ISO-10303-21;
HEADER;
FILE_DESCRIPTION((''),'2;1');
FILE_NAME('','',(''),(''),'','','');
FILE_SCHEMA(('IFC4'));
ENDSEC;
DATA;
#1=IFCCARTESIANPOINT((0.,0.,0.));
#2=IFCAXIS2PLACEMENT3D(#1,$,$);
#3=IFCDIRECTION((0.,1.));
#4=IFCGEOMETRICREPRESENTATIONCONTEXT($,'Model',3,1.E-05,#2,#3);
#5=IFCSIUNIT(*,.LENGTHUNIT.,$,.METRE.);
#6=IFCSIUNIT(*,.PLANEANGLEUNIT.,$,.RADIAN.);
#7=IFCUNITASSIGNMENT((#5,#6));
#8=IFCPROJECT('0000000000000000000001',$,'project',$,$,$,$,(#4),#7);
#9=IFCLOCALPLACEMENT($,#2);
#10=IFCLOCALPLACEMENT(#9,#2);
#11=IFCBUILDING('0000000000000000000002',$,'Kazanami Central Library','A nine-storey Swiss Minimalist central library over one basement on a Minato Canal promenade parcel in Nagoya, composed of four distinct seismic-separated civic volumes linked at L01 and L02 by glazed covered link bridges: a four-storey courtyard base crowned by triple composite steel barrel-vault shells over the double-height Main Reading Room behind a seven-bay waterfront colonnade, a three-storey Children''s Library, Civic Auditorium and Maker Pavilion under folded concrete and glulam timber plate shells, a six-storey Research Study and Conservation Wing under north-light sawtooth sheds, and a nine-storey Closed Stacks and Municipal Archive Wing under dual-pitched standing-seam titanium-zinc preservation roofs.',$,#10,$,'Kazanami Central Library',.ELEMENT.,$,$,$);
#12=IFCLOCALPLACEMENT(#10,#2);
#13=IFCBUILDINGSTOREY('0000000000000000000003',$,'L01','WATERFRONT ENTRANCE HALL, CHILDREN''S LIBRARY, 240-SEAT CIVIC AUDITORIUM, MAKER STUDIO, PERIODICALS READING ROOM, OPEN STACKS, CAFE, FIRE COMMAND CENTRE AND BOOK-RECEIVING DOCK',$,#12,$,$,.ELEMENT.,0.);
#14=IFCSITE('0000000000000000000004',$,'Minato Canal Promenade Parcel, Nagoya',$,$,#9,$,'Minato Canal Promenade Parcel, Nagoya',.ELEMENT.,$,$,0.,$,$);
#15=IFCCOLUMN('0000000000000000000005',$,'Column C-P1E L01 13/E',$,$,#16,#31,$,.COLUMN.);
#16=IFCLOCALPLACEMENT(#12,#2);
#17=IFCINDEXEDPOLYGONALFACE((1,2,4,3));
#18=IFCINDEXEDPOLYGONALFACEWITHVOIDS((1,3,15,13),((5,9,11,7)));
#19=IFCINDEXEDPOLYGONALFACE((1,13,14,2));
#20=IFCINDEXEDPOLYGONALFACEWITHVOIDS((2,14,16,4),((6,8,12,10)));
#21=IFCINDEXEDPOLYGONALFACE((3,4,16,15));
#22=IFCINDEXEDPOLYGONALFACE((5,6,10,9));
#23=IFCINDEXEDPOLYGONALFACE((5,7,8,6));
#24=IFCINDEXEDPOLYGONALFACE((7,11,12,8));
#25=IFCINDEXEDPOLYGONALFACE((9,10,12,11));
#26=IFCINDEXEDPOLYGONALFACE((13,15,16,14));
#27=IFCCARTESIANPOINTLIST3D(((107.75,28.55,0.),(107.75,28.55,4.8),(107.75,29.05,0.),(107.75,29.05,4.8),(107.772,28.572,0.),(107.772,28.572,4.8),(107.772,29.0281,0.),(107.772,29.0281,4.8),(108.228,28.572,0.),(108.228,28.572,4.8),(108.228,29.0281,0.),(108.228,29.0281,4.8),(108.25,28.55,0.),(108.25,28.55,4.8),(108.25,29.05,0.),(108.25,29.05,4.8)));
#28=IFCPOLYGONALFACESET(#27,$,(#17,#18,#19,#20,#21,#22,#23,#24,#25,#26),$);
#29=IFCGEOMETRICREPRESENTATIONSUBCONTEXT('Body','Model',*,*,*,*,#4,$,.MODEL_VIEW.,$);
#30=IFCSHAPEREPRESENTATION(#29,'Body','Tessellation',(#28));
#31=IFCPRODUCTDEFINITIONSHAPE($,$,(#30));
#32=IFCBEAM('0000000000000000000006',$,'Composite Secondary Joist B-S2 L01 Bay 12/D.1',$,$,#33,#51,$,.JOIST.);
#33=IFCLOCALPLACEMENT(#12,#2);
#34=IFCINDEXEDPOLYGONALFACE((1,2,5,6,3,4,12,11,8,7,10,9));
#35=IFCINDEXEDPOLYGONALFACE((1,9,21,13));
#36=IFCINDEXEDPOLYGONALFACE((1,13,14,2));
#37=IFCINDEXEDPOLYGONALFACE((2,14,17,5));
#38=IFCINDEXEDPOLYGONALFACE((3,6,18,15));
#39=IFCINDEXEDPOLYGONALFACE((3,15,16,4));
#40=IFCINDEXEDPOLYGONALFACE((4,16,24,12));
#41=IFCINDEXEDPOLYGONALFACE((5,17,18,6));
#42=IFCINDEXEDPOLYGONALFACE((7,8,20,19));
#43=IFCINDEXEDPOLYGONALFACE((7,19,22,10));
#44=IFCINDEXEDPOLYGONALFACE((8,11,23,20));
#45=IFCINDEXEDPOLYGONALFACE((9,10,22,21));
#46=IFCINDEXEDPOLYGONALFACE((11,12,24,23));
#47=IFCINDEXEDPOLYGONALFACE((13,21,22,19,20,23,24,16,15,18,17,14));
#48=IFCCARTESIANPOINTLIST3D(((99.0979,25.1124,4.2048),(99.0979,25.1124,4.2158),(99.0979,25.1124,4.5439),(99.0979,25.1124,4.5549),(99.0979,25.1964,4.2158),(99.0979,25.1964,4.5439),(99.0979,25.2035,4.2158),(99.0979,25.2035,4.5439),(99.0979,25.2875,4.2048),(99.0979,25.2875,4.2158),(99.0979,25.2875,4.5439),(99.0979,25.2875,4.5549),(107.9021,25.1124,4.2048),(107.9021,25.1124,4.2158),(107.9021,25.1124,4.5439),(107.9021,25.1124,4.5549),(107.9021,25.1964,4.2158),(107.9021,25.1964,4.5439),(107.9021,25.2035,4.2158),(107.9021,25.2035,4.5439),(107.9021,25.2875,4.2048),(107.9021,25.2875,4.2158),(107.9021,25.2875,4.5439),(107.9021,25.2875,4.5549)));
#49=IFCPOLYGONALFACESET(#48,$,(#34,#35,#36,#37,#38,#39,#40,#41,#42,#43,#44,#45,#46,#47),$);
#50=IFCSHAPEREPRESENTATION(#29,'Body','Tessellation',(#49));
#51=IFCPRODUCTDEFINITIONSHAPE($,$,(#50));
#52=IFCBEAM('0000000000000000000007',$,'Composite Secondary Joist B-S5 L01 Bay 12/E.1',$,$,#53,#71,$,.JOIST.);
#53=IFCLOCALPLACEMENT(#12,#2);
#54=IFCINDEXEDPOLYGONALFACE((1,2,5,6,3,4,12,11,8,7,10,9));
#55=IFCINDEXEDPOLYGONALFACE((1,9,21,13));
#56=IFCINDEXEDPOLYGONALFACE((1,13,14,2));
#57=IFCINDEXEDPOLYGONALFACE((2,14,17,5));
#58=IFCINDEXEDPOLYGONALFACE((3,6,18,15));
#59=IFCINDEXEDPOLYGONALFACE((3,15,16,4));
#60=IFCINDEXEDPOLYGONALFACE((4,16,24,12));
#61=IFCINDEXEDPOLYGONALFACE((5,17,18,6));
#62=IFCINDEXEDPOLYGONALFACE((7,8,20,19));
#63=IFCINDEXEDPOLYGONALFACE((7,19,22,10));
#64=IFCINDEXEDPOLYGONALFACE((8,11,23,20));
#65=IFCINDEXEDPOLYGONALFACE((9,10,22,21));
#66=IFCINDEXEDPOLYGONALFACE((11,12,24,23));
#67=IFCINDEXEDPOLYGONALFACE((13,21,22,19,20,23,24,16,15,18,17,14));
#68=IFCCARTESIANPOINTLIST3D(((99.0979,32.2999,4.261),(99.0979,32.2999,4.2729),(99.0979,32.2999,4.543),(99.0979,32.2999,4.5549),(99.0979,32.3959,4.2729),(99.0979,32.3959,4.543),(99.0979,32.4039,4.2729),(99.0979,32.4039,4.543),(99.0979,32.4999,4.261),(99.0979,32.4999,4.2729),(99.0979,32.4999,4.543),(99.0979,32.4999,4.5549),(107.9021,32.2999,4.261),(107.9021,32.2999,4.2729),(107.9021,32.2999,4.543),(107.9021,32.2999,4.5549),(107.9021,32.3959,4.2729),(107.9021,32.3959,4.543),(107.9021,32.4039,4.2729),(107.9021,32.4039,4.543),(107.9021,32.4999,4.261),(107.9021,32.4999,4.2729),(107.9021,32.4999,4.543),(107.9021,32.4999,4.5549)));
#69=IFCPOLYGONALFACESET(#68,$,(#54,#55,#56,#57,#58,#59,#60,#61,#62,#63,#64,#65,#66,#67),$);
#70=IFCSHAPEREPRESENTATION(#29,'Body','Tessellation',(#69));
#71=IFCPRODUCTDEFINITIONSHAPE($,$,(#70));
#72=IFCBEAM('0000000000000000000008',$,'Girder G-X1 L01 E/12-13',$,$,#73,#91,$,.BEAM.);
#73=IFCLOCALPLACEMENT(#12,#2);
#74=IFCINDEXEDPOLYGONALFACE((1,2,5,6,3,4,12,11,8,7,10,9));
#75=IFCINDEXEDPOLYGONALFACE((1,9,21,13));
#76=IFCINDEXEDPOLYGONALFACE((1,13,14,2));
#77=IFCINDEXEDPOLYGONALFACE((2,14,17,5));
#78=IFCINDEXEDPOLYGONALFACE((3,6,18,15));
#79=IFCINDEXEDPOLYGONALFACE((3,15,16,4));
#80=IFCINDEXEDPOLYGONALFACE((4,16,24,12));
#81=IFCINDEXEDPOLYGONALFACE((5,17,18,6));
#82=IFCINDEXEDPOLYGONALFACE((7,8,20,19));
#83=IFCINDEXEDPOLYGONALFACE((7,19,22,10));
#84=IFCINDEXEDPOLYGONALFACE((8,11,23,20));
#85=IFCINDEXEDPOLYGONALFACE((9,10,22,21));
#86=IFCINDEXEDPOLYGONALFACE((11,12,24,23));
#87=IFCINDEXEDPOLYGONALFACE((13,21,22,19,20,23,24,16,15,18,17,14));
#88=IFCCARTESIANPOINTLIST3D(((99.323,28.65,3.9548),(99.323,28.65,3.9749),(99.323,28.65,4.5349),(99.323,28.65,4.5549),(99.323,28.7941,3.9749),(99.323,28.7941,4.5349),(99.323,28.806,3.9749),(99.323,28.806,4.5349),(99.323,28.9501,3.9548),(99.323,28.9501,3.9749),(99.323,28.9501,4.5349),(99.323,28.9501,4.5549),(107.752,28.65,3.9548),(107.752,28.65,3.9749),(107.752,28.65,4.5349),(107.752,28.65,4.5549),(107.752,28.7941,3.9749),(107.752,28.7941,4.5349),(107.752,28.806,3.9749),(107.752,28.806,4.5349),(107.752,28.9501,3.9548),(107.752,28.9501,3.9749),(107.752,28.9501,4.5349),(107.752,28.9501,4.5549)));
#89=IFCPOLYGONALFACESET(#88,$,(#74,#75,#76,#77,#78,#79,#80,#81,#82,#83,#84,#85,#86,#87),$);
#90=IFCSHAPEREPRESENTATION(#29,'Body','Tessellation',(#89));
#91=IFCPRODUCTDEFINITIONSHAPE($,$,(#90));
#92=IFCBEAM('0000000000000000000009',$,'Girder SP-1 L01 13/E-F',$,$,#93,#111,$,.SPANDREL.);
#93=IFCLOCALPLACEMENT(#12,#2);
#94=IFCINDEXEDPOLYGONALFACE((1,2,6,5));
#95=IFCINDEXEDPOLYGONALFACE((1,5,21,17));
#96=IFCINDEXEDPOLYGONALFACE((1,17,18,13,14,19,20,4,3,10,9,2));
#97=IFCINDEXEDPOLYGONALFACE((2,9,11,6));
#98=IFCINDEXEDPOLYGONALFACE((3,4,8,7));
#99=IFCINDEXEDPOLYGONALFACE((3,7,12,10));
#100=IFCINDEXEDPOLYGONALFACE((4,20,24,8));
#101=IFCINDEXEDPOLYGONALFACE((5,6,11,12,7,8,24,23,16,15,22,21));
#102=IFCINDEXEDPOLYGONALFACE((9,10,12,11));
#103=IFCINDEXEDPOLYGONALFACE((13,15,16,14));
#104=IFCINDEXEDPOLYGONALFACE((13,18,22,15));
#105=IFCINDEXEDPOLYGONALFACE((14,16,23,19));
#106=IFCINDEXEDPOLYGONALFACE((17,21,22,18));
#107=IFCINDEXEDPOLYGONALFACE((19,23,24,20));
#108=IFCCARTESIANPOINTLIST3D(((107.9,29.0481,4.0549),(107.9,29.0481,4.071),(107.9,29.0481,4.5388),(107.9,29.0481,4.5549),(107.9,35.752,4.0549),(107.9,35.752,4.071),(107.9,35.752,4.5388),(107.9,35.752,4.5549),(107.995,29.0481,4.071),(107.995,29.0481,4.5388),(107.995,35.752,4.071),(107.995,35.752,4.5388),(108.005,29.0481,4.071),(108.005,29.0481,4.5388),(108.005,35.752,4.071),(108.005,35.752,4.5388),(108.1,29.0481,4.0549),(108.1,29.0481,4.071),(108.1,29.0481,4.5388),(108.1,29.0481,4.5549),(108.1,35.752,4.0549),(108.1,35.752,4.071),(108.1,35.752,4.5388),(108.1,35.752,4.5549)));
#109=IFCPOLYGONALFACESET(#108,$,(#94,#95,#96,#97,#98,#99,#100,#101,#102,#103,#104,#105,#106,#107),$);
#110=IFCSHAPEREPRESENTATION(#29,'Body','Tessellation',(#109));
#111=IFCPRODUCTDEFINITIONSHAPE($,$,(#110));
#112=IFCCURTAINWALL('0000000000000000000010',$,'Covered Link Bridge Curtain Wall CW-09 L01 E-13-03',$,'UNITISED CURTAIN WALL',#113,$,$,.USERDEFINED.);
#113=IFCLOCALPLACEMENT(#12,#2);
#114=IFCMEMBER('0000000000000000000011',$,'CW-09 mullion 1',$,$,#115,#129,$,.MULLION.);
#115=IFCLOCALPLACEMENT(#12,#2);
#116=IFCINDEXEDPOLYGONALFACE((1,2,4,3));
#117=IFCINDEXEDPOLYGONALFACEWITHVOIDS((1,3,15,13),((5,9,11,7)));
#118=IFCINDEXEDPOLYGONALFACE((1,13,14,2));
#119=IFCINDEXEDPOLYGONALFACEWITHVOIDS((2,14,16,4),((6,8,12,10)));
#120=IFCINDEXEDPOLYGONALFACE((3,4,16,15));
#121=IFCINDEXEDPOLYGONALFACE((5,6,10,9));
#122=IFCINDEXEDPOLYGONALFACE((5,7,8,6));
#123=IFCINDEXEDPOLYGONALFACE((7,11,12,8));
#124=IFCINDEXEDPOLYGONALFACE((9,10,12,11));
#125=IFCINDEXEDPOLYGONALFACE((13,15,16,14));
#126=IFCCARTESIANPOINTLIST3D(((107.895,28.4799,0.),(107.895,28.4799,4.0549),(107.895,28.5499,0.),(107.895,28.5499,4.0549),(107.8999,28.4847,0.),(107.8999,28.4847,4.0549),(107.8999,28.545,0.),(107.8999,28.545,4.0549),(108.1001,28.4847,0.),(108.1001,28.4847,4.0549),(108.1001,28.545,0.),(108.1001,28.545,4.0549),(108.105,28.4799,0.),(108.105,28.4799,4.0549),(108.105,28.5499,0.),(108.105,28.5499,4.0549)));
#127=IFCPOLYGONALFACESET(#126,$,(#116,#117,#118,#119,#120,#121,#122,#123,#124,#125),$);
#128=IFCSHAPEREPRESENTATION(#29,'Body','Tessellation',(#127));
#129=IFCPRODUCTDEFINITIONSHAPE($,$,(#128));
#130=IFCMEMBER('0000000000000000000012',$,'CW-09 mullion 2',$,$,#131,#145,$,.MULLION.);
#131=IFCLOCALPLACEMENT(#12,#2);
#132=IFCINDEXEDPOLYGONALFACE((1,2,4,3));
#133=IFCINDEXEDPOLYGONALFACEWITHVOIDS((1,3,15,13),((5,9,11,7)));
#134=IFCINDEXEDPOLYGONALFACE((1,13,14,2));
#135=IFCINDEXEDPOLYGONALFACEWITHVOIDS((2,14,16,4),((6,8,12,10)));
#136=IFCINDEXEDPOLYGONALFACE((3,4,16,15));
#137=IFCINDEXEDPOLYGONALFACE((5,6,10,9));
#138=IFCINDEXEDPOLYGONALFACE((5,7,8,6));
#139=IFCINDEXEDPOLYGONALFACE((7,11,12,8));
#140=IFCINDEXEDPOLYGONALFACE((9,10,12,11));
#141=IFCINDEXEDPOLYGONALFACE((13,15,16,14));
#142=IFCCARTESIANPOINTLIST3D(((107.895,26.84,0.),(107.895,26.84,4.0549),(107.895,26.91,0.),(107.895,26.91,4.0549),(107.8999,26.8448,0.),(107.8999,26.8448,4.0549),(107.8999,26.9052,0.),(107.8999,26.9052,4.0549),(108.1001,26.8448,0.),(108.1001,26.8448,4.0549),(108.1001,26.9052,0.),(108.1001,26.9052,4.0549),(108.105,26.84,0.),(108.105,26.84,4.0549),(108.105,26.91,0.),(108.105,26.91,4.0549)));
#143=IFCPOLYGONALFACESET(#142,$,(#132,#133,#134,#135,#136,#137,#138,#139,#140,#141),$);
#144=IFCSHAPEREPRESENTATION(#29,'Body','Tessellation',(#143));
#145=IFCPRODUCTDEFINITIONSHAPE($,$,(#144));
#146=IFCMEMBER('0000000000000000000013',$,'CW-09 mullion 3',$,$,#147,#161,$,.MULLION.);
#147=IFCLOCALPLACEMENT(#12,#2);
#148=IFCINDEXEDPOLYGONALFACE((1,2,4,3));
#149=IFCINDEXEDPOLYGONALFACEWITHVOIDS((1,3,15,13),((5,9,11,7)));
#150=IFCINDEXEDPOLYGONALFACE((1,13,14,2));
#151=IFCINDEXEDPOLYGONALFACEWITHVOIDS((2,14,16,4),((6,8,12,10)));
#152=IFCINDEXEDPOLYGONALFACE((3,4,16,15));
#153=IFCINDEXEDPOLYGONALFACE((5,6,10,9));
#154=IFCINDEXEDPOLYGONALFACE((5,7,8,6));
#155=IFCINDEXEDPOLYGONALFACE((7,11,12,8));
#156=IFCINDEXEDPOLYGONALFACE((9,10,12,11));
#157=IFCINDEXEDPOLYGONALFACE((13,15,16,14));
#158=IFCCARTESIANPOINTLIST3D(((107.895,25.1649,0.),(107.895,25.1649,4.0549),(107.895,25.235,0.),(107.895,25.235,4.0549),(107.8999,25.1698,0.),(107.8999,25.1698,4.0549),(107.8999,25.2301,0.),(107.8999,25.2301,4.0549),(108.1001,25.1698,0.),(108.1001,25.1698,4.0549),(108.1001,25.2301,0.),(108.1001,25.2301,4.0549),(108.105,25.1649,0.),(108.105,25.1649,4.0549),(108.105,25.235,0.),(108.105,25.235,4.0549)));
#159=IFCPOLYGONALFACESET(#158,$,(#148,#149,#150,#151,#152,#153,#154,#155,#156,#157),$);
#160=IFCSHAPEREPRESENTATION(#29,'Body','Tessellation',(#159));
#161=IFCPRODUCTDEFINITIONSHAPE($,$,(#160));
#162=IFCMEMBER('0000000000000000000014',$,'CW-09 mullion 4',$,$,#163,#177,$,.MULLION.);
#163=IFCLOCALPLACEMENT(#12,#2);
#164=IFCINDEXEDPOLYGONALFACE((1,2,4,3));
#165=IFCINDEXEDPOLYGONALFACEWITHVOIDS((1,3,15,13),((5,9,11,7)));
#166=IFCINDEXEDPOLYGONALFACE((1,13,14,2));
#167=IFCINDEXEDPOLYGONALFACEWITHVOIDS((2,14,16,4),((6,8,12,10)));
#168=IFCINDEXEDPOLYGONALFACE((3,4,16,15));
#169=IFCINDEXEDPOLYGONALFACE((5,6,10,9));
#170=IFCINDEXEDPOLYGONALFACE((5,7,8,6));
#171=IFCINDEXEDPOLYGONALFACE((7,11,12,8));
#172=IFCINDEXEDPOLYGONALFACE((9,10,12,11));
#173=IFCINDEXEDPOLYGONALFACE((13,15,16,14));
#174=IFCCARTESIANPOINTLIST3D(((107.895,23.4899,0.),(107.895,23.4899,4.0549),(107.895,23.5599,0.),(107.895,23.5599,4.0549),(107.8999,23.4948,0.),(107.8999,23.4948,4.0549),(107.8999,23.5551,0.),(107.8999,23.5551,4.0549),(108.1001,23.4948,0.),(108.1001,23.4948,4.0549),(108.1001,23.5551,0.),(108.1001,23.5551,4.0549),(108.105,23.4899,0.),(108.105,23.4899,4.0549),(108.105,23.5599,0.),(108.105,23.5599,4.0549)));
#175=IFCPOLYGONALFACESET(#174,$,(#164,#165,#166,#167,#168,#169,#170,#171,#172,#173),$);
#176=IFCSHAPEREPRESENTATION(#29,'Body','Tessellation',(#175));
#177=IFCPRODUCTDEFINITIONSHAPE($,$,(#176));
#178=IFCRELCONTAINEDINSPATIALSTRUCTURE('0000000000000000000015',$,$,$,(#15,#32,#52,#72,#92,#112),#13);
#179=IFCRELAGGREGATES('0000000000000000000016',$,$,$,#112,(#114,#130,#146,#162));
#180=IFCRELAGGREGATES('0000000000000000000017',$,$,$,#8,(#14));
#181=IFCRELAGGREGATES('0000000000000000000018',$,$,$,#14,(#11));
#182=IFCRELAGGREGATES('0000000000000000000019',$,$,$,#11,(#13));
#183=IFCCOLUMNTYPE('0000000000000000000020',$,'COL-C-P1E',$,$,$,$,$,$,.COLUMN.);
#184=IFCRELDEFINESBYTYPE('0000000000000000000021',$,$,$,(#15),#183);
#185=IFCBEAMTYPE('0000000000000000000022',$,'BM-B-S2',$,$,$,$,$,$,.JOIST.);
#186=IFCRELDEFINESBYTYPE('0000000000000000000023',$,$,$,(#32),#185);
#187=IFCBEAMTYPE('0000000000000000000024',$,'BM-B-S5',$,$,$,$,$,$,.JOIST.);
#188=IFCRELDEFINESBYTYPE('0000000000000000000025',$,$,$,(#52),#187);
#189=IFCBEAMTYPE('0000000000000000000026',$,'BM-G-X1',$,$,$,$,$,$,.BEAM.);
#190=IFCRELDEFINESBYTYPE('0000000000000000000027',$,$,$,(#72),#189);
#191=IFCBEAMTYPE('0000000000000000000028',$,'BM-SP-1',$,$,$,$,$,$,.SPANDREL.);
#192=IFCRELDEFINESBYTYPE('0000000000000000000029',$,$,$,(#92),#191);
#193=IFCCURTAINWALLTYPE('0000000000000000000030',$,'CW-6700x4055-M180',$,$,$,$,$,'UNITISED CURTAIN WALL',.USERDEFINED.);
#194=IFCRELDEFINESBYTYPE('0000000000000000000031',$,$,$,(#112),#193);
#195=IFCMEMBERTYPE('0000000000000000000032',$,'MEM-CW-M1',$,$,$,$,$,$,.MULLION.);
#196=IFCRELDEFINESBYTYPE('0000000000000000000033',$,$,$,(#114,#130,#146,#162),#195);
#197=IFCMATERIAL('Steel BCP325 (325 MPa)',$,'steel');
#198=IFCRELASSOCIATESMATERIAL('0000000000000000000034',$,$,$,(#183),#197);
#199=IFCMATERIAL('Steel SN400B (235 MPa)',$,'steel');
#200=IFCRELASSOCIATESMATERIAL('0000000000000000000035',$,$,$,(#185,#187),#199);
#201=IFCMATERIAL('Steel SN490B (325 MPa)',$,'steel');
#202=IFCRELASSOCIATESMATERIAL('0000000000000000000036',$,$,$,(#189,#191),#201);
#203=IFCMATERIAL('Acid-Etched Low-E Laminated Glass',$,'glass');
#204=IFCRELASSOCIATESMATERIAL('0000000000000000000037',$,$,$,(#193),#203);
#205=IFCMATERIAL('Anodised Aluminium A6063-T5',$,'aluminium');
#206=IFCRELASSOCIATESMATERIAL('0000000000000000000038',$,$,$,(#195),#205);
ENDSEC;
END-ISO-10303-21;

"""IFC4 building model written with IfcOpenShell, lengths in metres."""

from ifc_helpers import new_model, si_unit, direction, frame, origin, origin_2d, place, context, subcontext, project, spatial, hollow_rectangle, i_section, extrude, material, material_profile, profile_set, type_object, element, aggregate, save


model = new_model("IFC4")

# Units and contexts
model_context = context("Model", 3, precision=1e-05, world=origin(), true_north=direction((0.0, 1.0)))
body_context = subcontext(model_context, "Body", "Model", "MODEL_VIEW")
ifc_project = project(units=[si_unit("LENGTHUNIT", "METRE"), si_unit("PLANEANGLEUNIT", "RADIAN")], contexts=[model_context])

# Site, building, storey
site_placement = place(None, origin())
site = spatial("IfcSite", under=ifc_project, at=site_placement, Name="Minato Canal Promenade Parcel, Nagoya", LongName="Minato Canal Promenade Parcel, Nagoya", CompositionType="ELEMENT", RefElevation=0.0)
building_placement = place(site_placement, origin())
building = spatial("IfcBuilding", under=site, at=building_placement, Name="Kazanami Central Library", Description="A nine-storey Swiss Minimalist central library over one basement on a Minato Canal promenade parcel in Nagoya, composed of four distinct seismic-separated civic volumes linked at L01 and L02 by glazed covered link bridges: a four-storey courtyard base crowned by triple composite steel barrel-vault shells over the double-height Main Reading Room behind a seven-bay waterfront colonnade, a three-storey Children's Library, Civic Auditorium and Maker Pavilion under folded concrete and glulam timber plate shells, a six-storey Research Study and Conservation Wing under north-light sawtooth sheds, and a nine-storey Closed Stacks and Municipal Archive Wing under dual-pitched standing-seam titanium-zinc preservation roofs.", LongName="Kazanami Central Library", CompositionType="ELEMENT")
storey_placement = place(building_placement, origin())
storey = spatial("IfcBuildingStorey", under=building, at=storey_placement, Name="L01", Description="WATERFRONT ENTRANCE HALL, CHILDREN'S LIBRARY, 240-SEAT CIVIC AUDITORIUM, MAKER STUDIO, PERIODICALS READING ROOM, OPEN STACKS, CAFE, FIRE COMMAND CENTRE AND BOOK-RECEIVING DOCK", CompositionType="ELEMENT", Elevation=0.0)

# Column
ifc_material_1 = material(Name="Steel BCP325 (325 MPa)", Category="steel")
ifc_material_profile_1 = material_profile(ifc_material_1, hollow_rectangle(XDim=0.5, YDim=0.5, WallThickness=0.022, at=origin_2d()), Name="BCP-500x500x22")
ifc_profile_set_1 = profile_set([ifc_material_profile_1], Name="Steel BCP325 (325 MPa)")
column_type = type_object("IfcColumnType", Name="COL-C-P1E", PredefinedType="COLUMN", material=ifc_profile_set_1)
column_placement = place(storey_placement, frame((108.0, 28.8, 0.0), z_axis=(0.0, 0.0, 1.0), x_axis=(1.0, 0.0, 0.0)))
element("IfcColumn", 1, at=column_placement, inside=storey, type_object=column_type, Name="Column C-P1E L01 13/E", PredefinedType="COLUMN", context=body_context, shape_type="SweptSolid", body=[
    extrude(hollow_rectangle(XDim=0.5, YDim=0.5, WallThickness=0.022, at=origin_2d()), origin(), (0.0, 0.0, 1.0), 4.8),
])

# Beams
ifc_material_2 = material(Name="Steel SN400B (235 MPa)", Category="steel")
ifc_material_profile_2 = material_profile(ifc_material_2, i_section(OverallWidth=0.175, OverallDepth=0.3501, WebThickness=0.0071, FlangeThickness=0.011, at=origin_2d()), Name="H-350x175x7x11")
ifc_profile_set_2 = profile_set([ifc_material_profile_2], Name="Steel SN400B (235 MPa)")
beam_type_1 = type_object("IfcBeamType", Name="BM-B-S2", PredefinedType="JOIST", material=ifc_profile_set_2)
beam_1_placement = place(storey_placement, frame((99.0979, 25.2, 4.3799), z_axis=(1.0, 0.0, 0.0), x_axis=(0.0, 1.0, 0.0)))
element("IfcBeam", 2, at=beam_1_placement, inside=storey, type_object=beam_type_1, Name="Composite Secondary Joist B-S2 L01 Bay 12/D.1", PredefinedType="JOIST", context=body_context, shape_type="SweptSolid", body=[
    extrude(i_section(OverallWidth=0.175, OverallDepth=0.3501, WebThickness=0.0071, FlangeThickness=0.011, at=origin_2d()), origin(), (0.0, 0.0, 1.0), 8.8042),
])
ifc_material_profile_3 = material_profile(ifc_material_2, i_section(OverallWidth=0.2, OverallDepth=0.2939, WebThickness=0.0081, FlangeThickness=0.012, at=origin_2d()), Name="H-294x200x8x12")
ifc_profile_set_3 = profile_set([ifc_material_profile_3], Name="Steel SN400B (235 MPa)")
beam_type_2 = type_object("IfcBeamType", Name="BM-B-S5", PredefinedType="JOIST", material=ifc_profile_set_3)
beam_2_placement = place(storey_placement, frame((99.0979, 32.3999, 4.408), z_axis=(1.0, 0.0, 0.0), x_axis=(0.0, 1.0, 0.0)))
element("IfcBeam", 3, at=beam_2_placement, inside=storey, type_object=beam_type_2, Name="Composite Secondary Joist B-S5 L01 Bay 12/E.1", PredefinedType="JOIST", context=body_context, shape_type="SweptSolid", body=[
    extrude(i_section(OverallWidth=0.2, OverallDepth=0.2939, WebThickness=0.0081, FlangeThickness=0.012, at=origin_2d()), origin(), (0.0, 0.0, 1.0), 8.8042),
])
ifc_material_3 = material(Name="Steel SN490B (325 MPa)", Category="steel")
ifc_material_profile_4 = material_profile(ifc_material_3, i_section(OverallWidth=0.3, OverallDepth=0.6001, WebThickness=0.012, FlangeThickness=0.02, at=origin_2d()), Name="H-600x300x12x20")
ifc_profile_set_4 = profile_set([ifc_material_profile_4], Name="Steel SN490B (325 MPa)")
beam_type_3 = type_object("IfcBeamType", Name="BM-G-X1", PredefinedType="BEAM", material=ifc_profile_set_4)
beam_3_placement = place(storey_placement, frame((99.323, 28.8, 4.2549), z_axis=(1.0, 0.0, 0.0), x_axis=(0.0, 1.0, 0.0)))
element("IfcBeam", 4, at=beam_3_placement, inside=storey, type_object=beam_type_3, Name="Girder G-X1 L01 E/12-13", PredefinedType="BEAM", context=body_context, shape_type="SweptSolid", body=[
    extrude(i_section(OverallWidth=0.3, OverallDepth=0.6001, WebThickness=0.012, FlangeThickness=0.02, at=origin_2d()), origin(), (0.0, 0.0, 1.0), 8.429),
])
ifc_material_profile_5 = material_profile(ifc_material_3, i_section(OverallWidth=0.2, OverallDepth=0.5, WebThickness=0.01, FlangeThickness=0.0161, at=origin_2d()), Name="H-500x200x10x16")
ifc_profile_set_5 = profile_set([ifc_material_profile_5], Name="Steel SN490B (325 MPa)")
beam_type_4 = type_object("IfcBeamType", Name="BM-SP-1", PredefinedType="SPANDREL", material=ifc_profile_set_5)
beam_4_placement = place(storey_placement, frame((108.0, 29.0481, 4.3049), z_axis=(0.0, 1.0, 0.0), x_axis=(-1.0, 0.0, 0.0)))
element("IfcBeam", 5, at=beam_4_placement, inside=storey, type_object=beam_type_4, Name="Girder SP-1 L01 13/E-F", PredefinedType="SPANDREL", context=body_context, shape_type="SweptSolid", body=[
    extrude(i_section(OverallWidth=0.2, OverallDepth=0.5, WebThickness=0.01, FlangeThickness=0.0161, at=origin_2d()), origin(), (0.0, 0.0, 1.0), 6.7039),
])

# Curtain wall, members
ifc_material_4 = material(Name="Acid-Etched Low-E Laminated Glass", Category="glass")
curtain_wall_type = type_object("IfcCurtainWallType", Name="CW-6700x4055-M180", ElementType="UNITISED CURTAIN WALL", PredefinedType="USERDEFINED", material=ifc_material_4)
curtain_wall_1_placement = place(storey_placement, origin())
curtain_wall_1 = element("IfcCurtainWall", 6, at=curtain_wall_1_placement, inside=storey, type_object=curtain_wall_type, Name="Covered Link Bridge Curtain Wall CW-09 L01 E-13-03", ObjectType="UNITISED CURTAIN WALL", PredefinedType="USERDEFINED")
ifc_material_5 = material(Name="Anodised Aluminium A6063-T5", Category="aluminium")
ifc_material_profile_6 = material_profile(ifc_material_5, hollow_rectangle(XDim=0.0701, YDim=0.21, WallThickness=0.0049, at=origin_2d()), Name="ALU-MULL-70x210x5")
ifc_profile_set_6 = profile_set([ifc_material_profile_6], Name="Anodised Aluminium A6063-T5")
member_type_1 = type_object("IfcMemberType", Name="MEM-CW-M1", PredefinedType="MULLION", material=ifc_profile_set_6)
member_1_placement = place(storey_placement, frame((108.0, 28.5149, 0.0), z_axis=(0.0, 0.0, 1.0), x_axis=(0.0, -1.0, 0.0)))
member_1 = element("IfcMember", 7, at=member_1_placement, type_object=member_type_1, Name="CW-09 mullion 1", PredefinedType="MULLION", context=body_context, shape_type="SweptSolid", body=[
    extrude(hollow_rectangle(XDim=0.0701, YDim=0.21, WallThickness=0.0049, at=origin_2d()), origin(), (0.0, 0.0, 1.0), 4.0549),
])
member_2_placement = place(storey_placement, frame((108.0, 26.875, 0.0), z_axis=(0.0, 0.0, 1.0), x_axis=(0.0, -1.0, 0.0)))
member_2 = element("IfcMember", 8, at=member_2_placement, type_object=member_type_1, Name="CW-09 mullion 2", PredefinedType="MULLION", context=body_context, shape_type="SweptSolid", body=[
    extrude(hollow_rectangle(XDim=0.0701, YDim=0.21, WallThickness=0.0049, at=origin_2d()), origin(), (0.0, 0.0, 1.0), 4.0549),
])
member_3_placement = place(storey_placement, frame((108.0, 25.2, 0.0), z_axis=(0.0, 0.0, 1.0), x_axis=(0.0, -1.0, 0.0)))
member_3 = element("IfcMember", 9, at=member_3_placement, type_object=member_type_1, Name="CW-09 mullion 3", PredefinedType="MULLION", context=body_context, shape_type="SweptSolid", body=[
    extrude(hollow_rectangle(XDim=0.0701, YDim=0.21, WallThickness=0.0049, at=origin_2d()), origin(), (0.0, 0.0, 1.0), 4.0549),
])
member_4_placement = place(storey_placement, frame((108.0, 23.5249, 0.0), z_axis=(0.0, 0.0, 1.0), x_axis=(0.0, -1.0, 0.0)))
member_4 = element("IfcMember", 10, at=member_4_placement, type_object=member_type_1, Name="CW-09 mullion 4", PredefinedType="MULLION", context=body_context, shape_type="SweptSolid", body=[
    extrude(hollow_rectangle(XDim=0.0701, YDim=0.21, WallThickness=0.0049, at=origin_2d()), origin(), (0.0, 0.0, 1.0), 4.0549),
])

aggregate(curtain_wall_1, [member_1, member_2, member_3, member_4])

save(model, "model.ifc")
